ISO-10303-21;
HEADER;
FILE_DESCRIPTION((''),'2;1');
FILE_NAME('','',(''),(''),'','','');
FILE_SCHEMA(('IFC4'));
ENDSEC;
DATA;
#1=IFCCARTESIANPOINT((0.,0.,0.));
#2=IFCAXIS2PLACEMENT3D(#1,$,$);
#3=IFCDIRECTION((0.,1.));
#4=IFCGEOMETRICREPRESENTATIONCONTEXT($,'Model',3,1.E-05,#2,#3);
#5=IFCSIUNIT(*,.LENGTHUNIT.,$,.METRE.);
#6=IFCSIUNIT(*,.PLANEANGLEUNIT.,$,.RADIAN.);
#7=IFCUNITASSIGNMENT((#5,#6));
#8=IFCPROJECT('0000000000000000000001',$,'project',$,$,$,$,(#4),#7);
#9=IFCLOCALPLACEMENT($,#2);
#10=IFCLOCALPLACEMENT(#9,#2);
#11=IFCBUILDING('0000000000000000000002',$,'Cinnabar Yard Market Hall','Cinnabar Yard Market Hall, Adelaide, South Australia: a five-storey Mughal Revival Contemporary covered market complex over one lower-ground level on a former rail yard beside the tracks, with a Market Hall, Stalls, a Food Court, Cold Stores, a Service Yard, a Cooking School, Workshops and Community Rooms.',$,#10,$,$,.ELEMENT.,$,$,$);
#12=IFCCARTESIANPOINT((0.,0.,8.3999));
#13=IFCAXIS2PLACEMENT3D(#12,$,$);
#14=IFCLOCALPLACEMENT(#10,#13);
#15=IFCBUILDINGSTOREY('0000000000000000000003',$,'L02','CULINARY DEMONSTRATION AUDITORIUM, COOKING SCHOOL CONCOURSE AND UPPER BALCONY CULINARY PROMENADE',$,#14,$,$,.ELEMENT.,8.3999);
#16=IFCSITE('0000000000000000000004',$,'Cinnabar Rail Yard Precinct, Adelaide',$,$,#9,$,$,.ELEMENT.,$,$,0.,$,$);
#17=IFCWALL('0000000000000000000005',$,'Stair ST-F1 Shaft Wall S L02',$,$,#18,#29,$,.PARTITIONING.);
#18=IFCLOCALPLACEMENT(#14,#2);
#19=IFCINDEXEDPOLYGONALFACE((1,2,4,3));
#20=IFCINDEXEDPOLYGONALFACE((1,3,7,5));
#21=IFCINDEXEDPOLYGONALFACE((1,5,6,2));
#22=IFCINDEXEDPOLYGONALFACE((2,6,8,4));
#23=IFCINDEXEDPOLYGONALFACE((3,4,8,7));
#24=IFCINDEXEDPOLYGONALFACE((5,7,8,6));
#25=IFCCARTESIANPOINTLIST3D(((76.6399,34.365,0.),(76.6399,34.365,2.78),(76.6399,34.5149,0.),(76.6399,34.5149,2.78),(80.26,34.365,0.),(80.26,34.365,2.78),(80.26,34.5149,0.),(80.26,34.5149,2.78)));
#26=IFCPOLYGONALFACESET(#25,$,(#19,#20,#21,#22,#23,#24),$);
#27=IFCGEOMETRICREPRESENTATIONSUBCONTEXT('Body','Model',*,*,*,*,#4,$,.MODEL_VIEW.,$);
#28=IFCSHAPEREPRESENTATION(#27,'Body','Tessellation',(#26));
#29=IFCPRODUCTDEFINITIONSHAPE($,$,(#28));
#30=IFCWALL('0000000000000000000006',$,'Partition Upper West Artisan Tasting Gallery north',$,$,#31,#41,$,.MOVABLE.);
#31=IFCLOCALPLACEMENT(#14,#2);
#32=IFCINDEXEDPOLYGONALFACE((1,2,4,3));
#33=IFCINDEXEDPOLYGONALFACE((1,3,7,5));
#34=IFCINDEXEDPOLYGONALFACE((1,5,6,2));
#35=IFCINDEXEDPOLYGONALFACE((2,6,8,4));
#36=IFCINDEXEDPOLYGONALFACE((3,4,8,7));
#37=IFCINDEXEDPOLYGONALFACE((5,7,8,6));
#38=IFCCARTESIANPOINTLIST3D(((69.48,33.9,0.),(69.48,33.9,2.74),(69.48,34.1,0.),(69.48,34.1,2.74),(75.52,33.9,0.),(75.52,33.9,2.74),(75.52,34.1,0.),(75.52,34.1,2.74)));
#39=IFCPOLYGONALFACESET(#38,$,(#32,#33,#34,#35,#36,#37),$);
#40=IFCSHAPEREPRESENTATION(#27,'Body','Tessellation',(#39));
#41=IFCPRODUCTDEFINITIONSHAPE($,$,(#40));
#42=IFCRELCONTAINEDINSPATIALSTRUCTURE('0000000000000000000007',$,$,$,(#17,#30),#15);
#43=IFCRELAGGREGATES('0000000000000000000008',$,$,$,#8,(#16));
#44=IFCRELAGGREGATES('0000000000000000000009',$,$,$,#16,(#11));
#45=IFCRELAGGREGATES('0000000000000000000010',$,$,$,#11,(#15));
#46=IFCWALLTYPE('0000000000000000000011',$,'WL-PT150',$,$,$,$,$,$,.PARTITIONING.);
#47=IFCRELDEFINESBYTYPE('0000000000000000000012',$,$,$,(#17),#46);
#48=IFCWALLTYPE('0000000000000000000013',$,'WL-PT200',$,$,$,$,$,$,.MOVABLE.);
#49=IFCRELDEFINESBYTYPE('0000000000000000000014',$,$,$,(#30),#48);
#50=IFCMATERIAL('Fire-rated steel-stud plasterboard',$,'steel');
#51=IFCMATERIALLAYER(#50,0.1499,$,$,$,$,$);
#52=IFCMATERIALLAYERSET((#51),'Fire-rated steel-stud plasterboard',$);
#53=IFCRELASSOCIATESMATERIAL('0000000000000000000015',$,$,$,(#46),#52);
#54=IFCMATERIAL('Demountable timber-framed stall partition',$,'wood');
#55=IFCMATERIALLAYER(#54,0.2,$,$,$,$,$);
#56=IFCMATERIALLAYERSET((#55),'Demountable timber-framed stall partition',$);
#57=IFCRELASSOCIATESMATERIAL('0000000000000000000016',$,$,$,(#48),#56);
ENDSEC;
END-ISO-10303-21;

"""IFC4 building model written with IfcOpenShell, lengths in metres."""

from ifc_helpers import new_model, si_unit, direction, frame, frame_2d, origin, place, context, subcontext, project, spatial, rectangle, extrude, material, layer, layer_set, type_object, element, save


model = new_model("IFC4")

# Units and contexts
model_context = context("Model", 3, precision=1e-05, world=origin(), true_north=direction((0.0, 1.0)))
body_context = subcontext(model_context, "Body", "Model", "MODEL_VIEW")
ifc_project = project(units=[si_unit("LENGTHUNIT", "METRE"), si_unit("PLANEANGLEUNIT", "RADIAN")], contexts=[model_context])

# Site, building, storey
site_placement = place(None, origin())
site = spatial("IfcSite", under=ifc_project, at=site_placement, Name="Cinnabar Rail Yard Precinct, Adelaide", CompositionType="ELEMENT", RefElevation=0.0)
building_placement = place(site_placement, origin())
building = spatial("IfcBuilding", under=site, at=building_placement, Name="Cinnabar Yard Market Hall", Description="Cinnabar Yard Market Hall, Adelaide, South Australia: a five-storey Mughal Revival Contemporary covered market complex over one lower-ground level on a former rail yard beside the tracks, with a Market Hall, Stalls, a Food Court, Cold Stores, a Service Yard, a Cooking School, Workshops and Community Rooms.", CompositionType="ELEMENT")
storey_placement = place(building_placement, frame((0.0, 0.0, 8.3999)))
storey = spatial("IfcBuildingStorey", under=building, at=storey_placement, Name="L02", Description="CULINARY DEMONSTRATION AUDITORIUM, COOKING SCHOOL CONCOURSE AND UPPER BALCONY CULINARY PROMENADE", CompositionType="ELEMENT", Elevation=8.3999)

# Walls
ifc_material_1 = material(Name="Fire-rated steel-stud plasterboard", Category="steel")
ifc_layer_1 = layer(ifc_material_1, 0.1499)
ifc_layer_set_1 = layer_set([ifc_layer_1], Name="Fire-rated steel-stud plasterboard")
wall_type_1 = type_object("IfcWallType", Name="WL-PT150", PredefinedType="PARTITIONING", material=ifc_layer_set_1)
wall_1_placement = place(storey_placement, frame((76.6399, 34.4399, 0.0), z_axis=(0.0, 0.0, 1.0), x_axis=(1.0, 0.0, 0.0)))
element("IfcWall", 1, at=wall_1_placement, inside=storey, type_object=wall_type_1, Name="Stair ST-F1 Shaft Wall S L02", PredefinedType="PARTITIONING", context=body_context, shape_type="SweptSolid", body=[
    extrude(rectangle(XDim=3.6201, YDim=0.1499, at=frame_2d((1.8101, 0.0), x_axis=(1.0, 0.0))), origin(), (0.0, 0.0, 1.0), 2.78),
])
ifc_material_2 = material(Name="Demountable timber-framed stall partition", Category="wood")
ifc_layer_2 = layer(ifc_material_2, 0.2)
ifc_layer_set_2 = layer_set([ifc_layer_2], Name="Demountable timber-framed stall partition")
wall_type_2 = type_object("IfcWallType", Name="WL-PT200", PredefinedType="MOVABLE", material=ifc_layer_set_2)
wall_2_placement = place(storey_placement, frame((75.52, 34.0, 0.0), z_axis=(0.0, 0.0, 1.0), x_axis=(-1.0, 0.0, 0.0)))
element("IfcWall", 2, at=wall_2_placement, inside=storey, type_object=wall_type_2, Name="Partition Upper West Artisan Tasting Gallery north", PredefinedType="MOVABLE", context=body_context, shape_type="SweptSolid", body=[
    extrude(rectangle(XDim=6.04, YDim=0.2, at=frame_2d((3.02, 0.0), x_axis=(1.0, 0.0))), origin(), (0.0, 0.0, 1.0), 2.74),
])

save(model, "model.ifc")
